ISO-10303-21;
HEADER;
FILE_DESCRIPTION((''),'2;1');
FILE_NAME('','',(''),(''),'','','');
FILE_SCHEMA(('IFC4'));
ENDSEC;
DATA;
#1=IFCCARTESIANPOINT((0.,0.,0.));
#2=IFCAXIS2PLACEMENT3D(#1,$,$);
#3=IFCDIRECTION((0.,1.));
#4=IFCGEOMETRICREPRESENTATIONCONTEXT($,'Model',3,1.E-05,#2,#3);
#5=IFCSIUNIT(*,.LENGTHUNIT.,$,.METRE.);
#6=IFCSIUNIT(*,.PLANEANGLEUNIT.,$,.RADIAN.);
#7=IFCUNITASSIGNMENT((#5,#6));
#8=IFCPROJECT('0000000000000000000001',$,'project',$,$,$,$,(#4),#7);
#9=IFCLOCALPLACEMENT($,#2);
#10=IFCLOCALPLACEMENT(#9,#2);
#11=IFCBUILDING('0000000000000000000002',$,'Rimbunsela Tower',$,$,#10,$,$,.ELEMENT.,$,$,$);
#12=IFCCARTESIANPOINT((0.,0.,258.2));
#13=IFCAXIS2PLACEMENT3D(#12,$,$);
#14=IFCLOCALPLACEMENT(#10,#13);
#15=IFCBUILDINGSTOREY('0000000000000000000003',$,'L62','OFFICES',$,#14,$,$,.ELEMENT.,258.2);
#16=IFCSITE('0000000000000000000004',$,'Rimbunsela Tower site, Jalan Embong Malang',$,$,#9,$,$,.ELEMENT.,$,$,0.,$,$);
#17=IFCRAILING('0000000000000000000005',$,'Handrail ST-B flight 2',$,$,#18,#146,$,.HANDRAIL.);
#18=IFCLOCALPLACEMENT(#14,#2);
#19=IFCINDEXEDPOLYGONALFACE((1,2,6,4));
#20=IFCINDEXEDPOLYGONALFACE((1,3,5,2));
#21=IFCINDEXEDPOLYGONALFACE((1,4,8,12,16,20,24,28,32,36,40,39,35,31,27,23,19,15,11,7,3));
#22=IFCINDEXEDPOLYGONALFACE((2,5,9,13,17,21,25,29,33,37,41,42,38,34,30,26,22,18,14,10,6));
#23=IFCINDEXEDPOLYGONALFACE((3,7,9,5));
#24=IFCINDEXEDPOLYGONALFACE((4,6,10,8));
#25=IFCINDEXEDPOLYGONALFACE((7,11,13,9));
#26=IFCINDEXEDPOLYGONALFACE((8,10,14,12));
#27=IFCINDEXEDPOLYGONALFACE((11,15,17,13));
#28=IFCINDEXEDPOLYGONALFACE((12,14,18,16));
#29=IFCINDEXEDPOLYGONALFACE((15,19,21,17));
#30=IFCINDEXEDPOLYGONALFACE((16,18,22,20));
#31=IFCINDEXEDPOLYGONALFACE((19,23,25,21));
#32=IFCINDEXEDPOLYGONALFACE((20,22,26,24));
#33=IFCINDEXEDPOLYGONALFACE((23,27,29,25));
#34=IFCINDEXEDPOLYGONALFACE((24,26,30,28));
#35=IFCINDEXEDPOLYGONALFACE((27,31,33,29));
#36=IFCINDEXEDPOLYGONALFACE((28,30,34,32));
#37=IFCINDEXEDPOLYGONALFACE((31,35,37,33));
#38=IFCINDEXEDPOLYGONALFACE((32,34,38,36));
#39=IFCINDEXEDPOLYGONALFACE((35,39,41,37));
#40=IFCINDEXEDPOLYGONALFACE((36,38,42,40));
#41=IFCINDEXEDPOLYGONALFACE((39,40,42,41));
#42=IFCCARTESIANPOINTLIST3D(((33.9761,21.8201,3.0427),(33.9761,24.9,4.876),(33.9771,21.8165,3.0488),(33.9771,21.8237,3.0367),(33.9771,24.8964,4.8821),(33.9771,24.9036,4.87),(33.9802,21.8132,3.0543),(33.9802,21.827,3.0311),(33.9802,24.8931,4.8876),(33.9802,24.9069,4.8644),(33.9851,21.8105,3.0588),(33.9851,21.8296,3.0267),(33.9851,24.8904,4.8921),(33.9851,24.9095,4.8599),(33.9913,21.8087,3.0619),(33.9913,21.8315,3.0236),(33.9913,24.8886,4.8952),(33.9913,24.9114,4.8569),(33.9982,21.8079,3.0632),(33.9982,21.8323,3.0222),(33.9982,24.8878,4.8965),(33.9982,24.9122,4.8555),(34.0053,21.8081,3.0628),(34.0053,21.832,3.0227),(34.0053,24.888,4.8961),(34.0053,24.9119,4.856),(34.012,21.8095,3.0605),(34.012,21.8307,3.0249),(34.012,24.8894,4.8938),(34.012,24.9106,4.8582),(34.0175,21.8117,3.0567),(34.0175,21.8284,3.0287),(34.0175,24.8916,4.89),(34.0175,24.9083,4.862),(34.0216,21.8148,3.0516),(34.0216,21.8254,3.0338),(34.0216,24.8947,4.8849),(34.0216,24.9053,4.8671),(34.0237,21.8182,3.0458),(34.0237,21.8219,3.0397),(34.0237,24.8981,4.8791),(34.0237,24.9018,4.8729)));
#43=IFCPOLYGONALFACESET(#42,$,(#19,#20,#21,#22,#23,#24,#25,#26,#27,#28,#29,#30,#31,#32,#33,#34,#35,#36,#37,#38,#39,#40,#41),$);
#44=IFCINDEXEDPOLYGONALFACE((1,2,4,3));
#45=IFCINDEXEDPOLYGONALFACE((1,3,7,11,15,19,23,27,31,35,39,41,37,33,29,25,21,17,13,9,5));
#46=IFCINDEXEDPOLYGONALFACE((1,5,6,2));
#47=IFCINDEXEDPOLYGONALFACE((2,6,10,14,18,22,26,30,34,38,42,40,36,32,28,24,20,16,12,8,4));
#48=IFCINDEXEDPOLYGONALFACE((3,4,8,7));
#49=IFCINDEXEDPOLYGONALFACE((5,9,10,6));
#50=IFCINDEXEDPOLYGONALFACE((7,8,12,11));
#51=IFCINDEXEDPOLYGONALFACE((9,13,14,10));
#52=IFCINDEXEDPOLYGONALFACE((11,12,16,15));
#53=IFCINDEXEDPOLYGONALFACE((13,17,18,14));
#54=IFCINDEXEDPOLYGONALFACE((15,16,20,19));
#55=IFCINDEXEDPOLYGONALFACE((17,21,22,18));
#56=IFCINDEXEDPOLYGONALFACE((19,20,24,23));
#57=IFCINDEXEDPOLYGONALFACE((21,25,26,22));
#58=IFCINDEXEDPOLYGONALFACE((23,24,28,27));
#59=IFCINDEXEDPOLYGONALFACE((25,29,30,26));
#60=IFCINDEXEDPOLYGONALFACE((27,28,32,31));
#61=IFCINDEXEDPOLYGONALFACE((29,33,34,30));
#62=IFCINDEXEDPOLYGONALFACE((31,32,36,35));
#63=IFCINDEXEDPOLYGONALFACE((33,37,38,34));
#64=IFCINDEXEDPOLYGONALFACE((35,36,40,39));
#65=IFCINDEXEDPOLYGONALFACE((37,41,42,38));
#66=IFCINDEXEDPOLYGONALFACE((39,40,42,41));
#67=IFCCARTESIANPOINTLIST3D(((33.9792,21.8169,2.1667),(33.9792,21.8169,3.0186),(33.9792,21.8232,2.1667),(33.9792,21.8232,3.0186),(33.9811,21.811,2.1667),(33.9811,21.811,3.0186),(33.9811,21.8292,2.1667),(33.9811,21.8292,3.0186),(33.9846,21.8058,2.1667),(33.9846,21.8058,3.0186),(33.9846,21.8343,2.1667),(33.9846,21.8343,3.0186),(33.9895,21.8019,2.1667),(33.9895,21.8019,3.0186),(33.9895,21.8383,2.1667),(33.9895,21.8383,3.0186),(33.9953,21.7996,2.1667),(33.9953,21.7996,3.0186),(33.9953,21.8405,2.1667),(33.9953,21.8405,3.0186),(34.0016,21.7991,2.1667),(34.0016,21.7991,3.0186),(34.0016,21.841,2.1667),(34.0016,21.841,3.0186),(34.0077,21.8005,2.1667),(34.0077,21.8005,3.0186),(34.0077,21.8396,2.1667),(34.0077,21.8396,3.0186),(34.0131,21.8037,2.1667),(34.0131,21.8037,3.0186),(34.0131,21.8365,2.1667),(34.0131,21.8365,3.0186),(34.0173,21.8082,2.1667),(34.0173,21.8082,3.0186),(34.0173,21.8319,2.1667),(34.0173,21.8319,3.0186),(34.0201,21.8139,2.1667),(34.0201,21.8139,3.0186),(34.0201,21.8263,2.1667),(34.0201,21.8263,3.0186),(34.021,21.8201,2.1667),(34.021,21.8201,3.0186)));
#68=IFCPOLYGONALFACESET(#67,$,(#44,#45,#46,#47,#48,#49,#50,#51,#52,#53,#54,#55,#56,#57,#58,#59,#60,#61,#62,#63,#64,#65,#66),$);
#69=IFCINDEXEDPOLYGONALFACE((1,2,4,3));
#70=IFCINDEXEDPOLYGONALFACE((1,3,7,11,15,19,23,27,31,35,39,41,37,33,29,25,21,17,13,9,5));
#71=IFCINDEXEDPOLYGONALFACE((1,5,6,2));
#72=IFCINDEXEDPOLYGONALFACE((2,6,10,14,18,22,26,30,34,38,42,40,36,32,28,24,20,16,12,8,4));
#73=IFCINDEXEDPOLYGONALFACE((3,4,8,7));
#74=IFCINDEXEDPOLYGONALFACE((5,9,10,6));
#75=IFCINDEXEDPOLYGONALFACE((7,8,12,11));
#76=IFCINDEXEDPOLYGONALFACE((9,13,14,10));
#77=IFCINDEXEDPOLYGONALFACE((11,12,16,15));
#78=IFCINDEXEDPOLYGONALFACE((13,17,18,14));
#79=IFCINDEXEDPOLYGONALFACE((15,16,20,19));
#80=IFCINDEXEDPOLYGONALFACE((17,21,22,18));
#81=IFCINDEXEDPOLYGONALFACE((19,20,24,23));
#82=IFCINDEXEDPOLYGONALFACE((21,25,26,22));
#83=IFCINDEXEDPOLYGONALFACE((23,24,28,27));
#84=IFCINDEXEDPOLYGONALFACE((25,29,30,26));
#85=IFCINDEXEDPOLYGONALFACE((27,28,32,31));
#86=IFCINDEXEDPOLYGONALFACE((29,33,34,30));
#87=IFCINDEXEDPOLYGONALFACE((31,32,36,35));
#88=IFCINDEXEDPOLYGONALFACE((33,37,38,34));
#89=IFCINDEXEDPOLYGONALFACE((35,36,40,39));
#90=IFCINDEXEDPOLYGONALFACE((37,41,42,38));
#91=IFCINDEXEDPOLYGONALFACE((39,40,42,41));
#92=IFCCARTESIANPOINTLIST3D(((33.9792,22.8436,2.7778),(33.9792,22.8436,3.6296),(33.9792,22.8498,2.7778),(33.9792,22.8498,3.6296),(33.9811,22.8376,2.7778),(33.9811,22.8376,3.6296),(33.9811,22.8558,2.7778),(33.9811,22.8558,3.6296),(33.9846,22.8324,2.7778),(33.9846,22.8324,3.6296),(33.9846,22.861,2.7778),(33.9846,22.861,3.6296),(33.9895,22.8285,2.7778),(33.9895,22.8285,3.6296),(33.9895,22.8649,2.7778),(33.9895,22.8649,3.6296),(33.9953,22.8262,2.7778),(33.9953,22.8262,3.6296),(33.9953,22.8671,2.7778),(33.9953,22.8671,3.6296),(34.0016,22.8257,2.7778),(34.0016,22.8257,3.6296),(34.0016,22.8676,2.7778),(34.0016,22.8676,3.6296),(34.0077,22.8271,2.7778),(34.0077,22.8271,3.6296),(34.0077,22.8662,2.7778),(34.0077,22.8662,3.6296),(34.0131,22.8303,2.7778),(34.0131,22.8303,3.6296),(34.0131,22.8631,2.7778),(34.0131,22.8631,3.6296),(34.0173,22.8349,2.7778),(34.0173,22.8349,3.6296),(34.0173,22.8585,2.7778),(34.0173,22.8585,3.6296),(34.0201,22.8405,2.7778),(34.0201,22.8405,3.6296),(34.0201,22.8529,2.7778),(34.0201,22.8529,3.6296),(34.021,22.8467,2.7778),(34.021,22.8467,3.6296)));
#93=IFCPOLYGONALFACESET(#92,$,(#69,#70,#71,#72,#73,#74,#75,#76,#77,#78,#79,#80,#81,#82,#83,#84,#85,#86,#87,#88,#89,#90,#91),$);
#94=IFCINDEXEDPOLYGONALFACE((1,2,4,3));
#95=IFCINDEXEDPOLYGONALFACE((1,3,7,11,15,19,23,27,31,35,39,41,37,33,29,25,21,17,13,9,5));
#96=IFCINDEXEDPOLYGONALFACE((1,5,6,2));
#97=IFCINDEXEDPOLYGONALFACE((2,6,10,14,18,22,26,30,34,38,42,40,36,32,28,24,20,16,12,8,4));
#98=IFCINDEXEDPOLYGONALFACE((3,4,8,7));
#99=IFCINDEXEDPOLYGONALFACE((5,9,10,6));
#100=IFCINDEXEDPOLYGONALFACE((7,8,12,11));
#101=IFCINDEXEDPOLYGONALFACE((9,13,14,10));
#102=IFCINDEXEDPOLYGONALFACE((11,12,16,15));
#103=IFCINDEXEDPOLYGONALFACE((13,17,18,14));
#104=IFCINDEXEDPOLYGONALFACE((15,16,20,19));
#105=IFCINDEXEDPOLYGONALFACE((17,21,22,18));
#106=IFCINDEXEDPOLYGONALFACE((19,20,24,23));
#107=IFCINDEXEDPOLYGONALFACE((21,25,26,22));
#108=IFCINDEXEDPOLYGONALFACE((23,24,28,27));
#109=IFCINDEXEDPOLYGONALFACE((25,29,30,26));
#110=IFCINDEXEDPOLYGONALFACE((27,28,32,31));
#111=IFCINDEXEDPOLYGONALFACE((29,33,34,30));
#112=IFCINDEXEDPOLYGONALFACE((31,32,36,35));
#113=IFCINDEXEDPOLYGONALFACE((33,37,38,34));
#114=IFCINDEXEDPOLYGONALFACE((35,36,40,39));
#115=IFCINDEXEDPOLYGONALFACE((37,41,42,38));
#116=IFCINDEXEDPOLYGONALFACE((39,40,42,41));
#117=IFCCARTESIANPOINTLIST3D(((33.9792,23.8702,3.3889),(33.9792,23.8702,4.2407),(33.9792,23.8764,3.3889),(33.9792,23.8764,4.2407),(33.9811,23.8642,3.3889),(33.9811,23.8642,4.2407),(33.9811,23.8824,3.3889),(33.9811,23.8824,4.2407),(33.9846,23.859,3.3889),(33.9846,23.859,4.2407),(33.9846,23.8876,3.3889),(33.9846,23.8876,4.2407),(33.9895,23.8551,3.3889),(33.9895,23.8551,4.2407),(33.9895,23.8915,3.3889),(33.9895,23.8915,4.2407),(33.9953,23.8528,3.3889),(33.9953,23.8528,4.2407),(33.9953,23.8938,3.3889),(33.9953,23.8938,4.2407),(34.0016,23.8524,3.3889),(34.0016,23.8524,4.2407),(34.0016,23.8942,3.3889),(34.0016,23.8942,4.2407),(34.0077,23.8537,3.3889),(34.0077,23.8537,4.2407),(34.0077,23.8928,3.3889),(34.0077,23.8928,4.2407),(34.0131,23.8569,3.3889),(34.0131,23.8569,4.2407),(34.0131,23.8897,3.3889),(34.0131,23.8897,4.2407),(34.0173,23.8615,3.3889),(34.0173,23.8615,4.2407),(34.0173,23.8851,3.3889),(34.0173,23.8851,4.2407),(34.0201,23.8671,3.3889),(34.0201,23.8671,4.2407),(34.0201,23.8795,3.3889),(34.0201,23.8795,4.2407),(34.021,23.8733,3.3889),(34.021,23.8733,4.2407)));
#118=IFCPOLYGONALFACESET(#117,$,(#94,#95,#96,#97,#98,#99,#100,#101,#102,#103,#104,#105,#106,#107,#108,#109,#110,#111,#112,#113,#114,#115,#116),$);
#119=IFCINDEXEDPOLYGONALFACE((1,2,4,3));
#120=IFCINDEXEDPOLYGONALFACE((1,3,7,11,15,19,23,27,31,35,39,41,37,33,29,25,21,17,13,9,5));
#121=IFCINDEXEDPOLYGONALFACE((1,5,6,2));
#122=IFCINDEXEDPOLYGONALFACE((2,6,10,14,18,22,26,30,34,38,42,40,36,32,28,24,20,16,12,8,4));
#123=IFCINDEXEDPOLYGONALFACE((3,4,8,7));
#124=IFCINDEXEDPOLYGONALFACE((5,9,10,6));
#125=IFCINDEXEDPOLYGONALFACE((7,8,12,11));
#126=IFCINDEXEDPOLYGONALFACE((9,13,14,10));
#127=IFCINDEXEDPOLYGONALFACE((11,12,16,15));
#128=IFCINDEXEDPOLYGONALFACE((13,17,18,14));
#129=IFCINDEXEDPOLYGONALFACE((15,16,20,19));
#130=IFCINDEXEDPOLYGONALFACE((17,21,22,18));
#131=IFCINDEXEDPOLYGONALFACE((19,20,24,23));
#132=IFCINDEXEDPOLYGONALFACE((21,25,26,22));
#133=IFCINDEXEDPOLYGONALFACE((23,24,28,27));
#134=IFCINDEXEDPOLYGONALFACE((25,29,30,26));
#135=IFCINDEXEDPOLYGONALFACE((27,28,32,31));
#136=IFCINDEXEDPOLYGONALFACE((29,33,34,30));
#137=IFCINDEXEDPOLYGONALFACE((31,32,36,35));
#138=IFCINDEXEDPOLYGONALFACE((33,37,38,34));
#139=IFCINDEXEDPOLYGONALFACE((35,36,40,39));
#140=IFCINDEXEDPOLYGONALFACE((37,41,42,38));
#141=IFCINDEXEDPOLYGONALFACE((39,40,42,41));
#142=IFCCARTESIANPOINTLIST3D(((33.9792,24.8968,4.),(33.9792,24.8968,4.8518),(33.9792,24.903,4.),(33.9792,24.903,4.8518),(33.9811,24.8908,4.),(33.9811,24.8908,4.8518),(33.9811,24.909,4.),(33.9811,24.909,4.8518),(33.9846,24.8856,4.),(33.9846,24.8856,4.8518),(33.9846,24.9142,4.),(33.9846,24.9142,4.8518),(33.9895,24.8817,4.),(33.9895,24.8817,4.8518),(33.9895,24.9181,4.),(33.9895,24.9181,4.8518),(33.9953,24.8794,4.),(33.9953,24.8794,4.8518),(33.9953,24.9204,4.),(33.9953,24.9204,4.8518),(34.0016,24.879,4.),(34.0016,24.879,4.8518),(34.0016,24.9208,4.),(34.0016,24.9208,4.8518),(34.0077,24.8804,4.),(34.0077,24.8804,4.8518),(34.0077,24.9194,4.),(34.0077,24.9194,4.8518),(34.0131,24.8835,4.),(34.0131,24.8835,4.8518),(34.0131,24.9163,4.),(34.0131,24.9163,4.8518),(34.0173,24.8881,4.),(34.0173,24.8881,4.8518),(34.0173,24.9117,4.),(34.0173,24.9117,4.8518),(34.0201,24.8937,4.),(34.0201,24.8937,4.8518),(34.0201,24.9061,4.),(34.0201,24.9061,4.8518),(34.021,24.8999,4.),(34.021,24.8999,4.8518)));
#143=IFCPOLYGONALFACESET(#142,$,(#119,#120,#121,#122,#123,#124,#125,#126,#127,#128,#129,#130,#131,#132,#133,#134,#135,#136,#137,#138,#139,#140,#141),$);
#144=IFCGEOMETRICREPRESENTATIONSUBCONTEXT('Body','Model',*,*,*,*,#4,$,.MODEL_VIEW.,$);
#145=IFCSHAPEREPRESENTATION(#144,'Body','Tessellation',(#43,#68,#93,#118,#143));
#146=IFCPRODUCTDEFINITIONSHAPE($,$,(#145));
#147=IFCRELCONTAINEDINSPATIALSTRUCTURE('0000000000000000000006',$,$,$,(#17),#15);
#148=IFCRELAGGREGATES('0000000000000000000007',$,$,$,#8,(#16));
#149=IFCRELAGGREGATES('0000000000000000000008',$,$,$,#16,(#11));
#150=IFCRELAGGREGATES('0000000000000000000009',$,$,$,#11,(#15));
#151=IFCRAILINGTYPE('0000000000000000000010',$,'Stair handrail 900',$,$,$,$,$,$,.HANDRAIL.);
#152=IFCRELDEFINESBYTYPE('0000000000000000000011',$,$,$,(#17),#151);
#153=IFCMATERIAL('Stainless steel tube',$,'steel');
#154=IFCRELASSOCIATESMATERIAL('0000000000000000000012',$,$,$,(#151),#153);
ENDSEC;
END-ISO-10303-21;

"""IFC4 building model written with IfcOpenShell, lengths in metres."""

from ifc_helpers import new_model, si_unit, direction, frame, origin, origin_2d, place, context, subcontext, project, spatial, circle, extrude, material, type_object, element, save


model = new_model("IFC4")

# Units and contexts
model_context = context("Model", 3, precision=1e-05, world=origin(), true_north=direction((0.0, 1.0)))
body_context = subcontext(model_context, "Body", "Model", "MODEL_VIEW")
ifc_project = project(units=[si_unit("LENGTHUNIT", "METRE"), si_unit("PLANEANGLEUNIT", "RADIAN")], contexts=[model_context])

# Site, building, storey
site_placement = place(None, origin())
site = spatial("IfcSite", under=ifc_project, at=site_placement, Name="Rimbunsela Tower site, Jalan Embong Malang", CompositionType="ELEMENT", RefElevation=0.0)
building_placement = place(site_placement, origin())
building = spatial("IfcBuilding", under=site, at=building_placement, Name="Rimbunsela Tower", CompositionType="ELEMENT")
storey_placement = place(building_placement, frame((0.0, 0.0, 258.2)))
storey = spatial("IfcBuildingStorey", under=building, at=storey_placement, Name="L62", Description="OFFICES", CompositionType="ELEMENT", Elevation=258.2)

# Railing
ifc_material_1 = material(Name="Stainless steel tube", Category="steel")
railing_type = type_object("IfcRailingType", Name="Stair handrail 900", PredefinedType="HANDRAIL", material=ifc_material_1)
for number, where, name in (
    (1, (34.0, 21.8201, 2.1667), "Handrail ST-B flight 2"),
):
    element("IfcRailing", number, at=place(storey_placement, frame(where)), inside=storey, type_object=railing_type, Name=name, PredefinedType="HANDRAIL", context=body_context, shape_type="SweptSolid", body=[
        extrude(circle(Radius=0.0239, at=origin_2d()), frame((0.0, 0.0, 0.876), z_axis=(0.0, 0.859291, 0.511487), x_axis=(-1.0, 0.0, 0.0)), (0.0, 0.0, 1.0), 3.5842),
        extrude(circle(Radius=0.021, at=origin_2d()), origin(), (0.0, 0.0, 1.0), 0.8518),
        extrude(circle(Radius=0.021, at=origin_2d()), frame((0.0, 1.0266, 0.6111)), (0.0, 0.0, 1.0), 0.8518),
        extrude(circle(Radius=0.021, at=origin_2d()), frame((0.0, 2.0532, 1.2222)), (0.0, 0.0, 1.0), 0.8518),
        extrude(circle(Radius=0.021, at=origin_2d()), frame((0.0, 3.0798, 1.8333)), (0.0, 0.0, 1.0), 0.8518),
    ])

save(model, "model.ifc")
